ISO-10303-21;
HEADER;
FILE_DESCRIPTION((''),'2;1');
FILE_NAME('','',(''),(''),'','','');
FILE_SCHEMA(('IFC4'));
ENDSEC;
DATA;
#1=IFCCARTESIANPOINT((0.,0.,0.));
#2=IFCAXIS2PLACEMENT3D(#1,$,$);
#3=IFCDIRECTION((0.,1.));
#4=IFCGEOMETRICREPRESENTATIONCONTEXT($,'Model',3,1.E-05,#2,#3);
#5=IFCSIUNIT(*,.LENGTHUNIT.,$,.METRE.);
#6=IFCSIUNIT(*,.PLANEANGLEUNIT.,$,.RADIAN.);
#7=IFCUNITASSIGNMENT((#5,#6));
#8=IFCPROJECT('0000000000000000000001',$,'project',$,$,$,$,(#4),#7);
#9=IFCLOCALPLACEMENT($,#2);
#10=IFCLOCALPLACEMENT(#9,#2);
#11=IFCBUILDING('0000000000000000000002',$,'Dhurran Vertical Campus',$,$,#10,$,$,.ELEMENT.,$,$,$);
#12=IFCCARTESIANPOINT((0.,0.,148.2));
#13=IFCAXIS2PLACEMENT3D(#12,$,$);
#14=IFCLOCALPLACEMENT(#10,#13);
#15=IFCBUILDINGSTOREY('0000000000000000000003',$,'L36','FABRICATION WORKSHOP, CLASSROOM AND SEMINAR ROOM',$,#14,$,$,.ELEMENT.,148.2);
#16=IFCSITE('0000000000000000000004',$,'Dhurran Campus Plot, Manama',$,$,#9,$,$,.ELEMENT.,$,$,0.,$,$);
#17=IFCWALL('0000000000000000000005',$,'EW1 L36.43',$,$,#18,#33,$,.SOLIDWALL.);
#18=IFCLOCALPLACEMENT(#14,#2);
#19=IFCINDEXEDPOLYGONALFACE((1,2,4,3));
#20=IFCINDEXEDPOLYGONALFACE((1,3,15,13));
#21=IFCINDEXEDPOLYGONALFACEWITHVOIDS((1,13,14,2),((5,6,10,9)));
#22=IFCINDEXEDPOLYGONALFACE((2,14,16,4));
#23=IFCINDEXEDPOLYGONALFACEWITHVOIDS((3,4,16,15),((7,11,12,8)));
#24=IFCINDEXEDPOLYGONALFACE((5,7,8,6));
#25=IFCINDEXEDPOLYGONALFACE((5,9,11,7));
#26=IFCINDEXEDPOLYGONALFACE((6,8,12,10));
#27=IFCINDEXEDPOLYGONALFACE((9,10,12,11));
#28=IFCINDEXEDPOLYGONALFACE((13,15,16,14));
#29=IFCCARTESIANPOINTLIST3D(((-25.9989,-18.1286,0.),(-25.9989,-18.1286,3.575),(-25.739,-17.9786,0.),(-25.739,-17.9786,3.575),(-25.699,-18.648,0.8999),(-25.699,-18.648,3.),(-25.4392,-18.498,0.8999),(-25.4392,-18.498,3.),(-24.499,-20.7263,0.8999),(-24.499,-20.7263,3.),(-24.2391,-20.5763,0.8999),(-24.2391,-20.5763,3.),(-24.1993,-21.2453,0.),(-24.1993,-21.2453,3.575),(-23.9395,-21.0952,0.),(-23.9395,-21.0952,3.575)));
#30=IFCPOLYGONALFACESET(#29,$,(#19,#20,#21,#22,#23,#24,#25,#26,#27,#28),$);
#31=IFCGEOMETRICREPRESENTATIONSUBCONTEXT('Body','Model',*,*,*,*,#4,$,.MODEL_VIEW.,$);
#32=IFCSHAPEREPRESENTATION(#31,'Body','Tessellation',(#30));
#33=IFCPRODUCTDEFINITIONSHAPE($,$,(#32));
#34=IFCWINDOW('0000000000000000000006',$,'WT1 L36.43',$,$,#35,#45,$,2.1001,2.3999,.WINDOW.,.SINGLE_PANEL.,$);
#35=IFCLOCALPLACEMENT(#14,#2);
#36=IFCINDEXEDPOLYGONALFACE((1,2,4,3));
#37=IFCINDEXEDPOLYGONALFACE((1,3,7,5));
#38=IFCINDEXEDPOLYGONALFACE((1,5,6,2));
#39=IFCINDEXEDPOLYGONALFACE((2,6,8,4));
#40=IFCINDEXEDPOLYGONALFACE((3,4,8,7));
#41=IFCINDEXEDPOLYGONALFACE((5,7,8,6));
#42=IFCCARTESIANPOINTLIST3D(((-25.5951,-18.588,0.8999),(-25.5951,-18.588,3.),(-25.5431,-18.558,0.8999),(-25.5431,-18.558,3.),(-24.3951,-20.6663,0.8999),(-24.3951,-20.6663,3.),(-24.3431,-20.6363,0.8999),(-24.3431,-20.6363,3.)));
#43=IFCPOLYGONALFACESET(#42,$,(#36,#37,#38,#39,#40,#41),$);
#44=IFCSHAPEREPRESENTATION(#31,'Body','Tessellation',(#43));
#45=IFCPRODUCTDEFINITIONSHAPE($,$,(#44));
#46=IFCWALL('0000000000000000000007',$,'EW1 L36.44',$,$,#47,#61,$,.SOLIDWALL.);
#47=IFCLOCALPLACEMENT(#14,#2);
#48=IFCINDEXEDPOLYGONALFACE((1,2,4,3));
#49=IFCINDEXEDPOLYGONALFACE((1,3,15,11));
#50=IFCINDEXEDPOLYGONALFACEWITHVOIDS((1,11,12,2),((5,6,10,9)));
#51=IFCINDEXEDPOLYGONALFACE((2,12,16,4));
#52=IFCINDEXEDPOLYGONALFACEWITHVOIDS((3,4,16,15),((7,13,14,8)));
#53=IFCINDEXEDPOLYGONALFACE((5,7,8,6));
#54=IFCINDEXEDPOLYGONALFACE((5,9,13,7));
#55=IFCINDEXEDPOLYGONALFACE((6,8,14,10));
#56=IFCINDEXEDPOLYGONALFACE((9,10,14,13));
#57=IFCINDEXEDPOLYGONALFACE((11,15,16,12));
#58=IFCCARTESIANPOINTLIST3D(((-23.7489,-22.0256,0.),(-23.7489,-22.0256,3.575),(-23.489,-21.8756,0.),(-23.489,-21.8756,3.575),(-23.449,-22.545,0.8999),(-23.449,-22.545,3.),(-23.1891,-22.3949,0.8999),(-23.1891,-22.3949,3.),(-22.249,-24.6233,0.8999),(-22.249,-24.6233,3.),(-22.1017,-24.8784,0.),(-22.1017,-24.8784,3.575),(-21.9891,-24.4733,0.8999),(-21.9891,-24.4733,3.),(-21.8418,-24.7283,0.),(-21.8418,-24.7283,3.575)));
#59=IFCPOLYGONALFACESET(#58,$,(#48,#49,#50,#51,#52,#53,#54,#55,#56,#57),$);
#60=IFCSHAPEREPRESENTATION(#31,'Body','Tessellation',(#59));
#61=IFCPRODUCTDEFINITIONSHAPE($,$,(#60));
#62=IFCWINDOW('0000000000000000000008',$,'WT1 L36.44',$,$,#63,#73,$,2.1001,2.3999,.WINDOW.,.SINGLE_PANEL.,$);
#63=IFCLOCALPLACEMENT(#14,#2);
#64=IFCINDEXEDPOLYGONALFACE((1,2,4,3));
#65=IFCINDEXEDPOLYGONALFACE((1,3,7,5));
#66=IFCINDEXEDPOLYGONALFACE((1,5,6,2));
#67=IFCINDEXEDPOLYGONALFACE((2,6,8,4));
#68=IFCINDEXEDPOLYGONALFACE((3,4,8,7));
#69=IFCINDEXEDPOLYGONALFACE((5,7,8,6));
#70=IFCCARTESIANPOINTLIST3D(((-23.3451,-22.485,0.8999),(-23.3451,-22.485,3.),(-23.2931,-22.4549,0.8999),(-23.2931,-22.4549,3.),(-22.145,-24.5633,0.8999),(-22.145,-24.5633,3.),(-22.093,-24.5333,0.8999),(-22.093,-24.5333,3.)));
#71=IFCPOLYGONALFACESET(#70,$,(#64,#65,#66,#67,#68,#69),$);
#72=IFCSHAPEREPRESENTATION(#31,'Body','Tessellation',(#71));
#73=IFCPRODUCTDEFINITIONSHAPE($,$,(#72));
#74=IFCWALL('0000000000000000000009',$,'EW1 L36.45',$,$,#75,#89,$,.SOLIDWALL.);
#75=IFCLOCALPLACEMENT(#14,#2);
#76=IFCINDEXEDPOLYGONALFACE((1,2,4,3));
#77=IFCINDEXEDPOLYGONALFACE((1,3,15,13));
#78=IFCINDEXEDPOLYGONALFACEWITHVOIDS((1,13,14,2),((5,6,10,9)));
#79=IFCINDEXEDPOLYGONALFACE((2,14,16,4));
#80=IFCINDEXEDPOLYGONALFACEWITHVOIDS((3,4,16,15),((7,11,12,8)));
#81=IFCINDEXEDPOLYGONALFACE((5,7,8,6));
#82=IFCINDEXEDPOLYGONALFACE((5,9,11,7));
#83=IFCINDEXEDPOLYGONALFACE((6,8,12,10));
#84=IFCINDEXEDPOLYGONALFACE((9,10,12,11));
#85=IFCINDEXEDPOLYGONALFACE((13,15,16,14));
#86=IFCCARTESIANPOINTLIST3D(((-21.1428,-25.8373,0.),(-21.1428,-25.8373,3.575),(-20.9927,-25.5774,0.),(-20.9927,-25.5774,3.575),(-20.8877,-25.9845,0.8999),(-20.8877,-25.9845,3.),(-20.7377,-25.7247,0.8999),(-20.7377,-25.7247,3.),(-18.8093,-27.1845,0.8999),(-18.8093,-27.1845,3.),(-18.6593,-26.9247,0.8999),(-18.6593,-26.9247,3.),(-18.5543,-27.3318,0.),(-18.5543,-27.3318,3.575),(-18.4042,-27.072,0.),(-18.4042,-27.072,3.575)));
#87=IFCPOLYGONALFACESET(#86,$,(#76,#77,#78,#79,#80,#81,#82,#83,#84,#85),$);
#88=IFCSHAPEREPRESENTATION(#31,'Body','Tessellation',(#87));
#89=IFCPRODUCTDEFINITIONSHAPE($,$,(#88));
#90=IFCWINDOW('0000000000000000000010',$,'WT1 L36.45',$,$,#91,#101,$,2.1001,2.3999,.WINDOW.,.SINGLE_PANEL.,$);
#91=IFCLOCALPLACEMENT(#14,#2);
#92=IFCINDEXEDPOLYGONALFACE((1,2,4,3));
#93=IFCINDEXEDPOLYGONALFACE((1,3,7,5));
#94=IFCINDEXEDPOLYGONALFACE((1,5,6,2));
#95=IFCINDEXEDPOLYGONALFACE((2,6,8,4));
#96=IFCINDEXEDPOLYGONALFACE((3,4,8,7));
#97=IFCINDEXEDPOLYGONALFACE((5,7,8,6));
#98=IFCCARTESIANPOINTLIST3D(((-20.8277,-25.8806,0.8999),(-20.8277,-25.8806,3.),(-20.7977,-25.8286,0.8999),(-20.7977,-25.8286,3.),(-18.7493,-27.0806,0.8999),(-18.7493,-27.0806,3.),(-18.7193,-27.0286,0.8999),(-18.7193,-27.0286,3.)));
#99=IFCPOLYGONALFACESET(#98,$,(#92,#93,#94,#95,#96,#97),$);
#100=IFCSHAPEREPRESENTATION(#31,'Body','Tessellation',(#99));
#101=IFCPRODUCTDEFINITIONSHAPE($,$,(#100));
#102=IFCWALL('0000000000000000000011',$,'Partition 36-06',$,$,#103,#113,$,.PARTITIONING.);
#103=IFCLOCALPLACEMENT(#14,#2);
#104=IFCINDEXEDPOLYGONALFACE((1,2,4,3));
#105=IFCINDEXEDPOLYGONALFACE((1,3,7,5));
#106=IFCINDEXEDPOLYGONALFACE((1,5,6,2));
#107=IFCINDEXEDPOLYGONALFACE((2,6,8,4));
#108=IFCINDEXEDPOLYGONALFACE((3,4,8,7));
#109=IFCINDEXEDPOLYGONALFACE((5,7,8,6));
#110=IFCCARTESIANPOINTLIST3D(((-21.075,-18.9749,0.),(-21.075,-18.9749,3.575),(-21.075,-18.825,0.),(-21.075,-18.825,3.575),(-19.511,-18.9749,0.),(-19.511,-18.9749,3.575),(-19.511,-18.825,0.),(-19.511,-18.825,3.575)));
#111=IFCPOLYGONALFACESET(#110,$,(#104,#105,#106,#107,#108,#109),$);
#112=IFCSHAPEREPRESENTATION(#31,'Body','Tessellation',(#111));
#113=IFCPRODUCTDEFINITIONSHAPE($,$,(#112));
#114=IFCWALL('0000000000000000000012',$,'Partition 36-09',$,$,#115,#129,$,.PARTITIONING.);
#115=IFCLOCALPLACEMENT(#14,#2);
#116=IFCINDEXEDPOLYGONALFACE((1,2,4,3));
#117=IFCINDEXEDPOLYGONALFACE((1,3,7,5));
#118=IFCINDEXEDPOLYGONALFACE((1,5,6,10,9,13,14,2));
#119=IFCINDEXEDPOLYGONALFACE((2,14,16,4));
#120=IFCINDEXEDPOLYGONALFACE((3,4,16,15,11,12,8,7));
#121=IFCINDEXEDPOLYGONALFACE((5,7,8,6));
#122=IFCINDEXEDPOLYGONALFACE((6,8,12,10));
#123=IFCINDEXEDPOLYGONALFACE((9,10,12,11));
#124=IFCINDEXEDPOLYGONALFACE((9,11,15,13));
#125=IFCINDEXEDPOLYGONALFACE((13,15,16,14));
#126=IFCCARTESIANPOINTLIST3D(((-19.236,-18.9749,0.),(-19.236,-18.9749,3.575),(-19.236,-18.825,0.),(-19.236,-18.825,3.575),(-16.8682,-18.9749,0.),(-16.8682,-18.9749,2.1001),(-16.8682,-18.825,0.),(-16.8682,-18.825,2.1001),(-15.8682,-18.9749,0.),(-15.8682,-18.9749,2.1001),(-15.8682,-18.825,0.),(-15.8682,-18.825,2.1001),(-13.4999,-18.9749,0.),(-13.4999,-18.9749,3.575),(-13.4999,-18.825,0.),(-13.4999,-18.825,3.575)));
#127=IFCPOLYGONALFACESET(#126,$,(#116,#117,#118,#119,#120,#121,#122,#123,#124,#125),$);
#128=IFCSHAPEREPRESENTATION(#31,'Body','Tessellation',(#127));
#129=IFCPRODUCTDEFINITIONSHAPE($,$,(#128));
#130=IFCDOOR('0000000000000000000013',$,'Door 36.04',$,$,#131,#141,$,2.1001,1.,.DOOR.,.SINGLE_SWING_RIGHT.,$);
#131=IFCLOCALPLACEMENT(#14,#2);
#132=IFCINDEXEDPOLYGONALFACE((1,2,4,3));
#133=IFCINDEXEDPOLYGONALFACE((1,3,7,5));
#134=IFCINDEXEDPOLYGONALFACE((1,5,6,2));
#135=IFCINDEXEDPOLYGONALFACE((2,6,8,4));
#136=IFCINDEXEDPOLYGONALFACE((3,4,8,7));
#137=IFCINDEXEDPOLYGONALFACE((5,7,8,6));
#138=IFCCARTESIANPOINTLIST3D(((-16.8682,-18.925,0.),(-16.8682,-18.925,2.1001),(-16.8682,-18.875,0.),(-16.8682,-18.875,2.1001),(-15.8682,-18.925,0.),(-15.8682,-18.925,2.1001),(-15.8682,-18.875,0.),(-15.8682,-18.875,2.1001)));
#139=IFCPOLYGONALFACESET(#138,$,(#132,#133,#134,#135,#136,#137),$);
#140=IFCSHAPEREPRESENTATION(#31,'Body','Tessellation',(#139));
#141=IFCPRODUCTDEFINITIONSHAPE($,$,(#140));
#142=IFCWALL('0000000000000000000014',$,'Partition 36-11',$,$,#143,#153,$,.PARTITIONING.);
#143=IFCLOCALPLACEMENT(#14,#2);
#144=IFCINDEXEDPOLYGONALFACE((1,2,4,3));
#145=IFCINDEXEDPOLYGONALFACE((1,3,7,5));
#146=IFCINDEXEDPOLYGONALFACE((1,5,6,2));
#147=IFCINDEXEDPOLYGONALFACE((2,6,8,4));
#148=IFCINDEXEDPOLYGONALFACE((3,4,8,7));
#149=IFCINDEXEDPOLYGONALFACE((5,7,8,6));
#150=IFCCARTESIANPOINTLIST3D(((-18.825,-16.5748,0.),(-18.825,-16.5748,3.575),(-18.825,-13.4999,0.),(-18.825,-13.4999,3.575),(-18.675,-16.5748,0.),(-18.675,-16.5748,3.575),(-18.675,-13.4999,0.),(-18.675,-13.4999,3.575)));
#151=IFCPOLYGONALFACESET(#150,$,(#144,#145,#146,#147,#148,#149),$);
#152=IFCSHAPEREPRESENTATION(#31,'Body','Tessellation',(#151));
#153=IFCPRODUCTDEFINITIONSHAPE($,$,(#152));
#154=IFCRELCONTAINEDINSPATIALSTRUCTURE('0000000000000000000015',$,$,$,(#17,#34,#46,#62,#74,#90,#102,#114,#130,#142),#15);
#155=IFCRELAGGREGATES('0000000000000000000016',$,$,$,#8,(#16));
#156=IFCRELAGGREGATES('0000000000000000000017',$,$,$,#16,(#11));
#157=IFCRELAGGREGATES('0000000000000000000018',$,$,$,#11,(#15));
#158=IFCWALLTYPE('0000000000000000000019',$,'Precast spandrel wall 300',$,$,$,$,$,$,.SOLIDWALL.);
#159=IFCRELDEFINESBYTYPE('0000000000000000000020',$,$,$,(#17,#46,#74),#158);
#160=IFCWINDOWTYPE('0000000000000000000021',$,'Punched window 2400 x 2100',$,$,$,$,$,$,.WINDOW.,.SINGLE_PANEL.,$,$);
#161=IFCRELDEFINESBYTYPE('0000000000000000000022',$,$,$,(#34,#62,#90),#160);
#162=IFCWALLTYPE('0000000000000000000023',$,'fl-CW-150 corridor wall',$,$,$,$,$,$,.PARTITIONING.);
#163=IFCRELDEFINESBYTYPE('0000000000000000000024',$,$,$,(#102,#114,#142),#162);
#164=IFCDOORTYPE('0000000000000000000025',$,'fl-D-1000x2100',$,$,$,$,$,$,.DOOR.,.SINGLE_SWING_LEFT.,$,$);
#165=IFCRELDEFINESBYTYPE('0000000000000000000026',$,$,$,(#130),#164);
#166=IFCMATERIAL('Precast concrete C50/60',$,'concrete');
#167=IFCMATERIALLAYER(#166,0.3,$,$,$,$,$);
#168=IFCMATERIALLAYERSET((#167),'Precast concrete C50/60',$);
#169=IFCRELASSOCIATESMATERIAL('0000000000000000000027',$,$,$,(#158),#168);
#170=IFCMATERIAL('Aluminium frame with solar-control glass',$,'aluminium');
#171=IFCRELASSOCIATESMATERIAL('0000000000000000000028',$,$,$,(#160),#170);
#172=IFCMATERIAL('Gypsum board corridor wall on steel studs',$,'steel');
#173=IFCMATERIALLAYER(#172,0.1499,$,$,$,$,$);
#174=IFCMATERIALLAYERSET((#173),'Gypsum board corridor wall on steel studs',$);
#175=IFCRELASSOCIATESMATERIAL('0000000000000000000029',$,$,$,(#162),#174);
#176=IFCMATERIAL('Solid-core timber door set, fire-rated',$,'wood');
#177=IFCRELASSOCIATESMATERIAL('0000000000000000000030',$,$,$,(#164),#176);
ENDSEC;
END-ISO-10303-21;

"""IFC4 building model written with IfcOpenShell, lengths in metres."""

from ifc_helpers import new_model, si_unit, direction, frame, frame_2d, origin, place, context, subcontext, project, spatial, rectangle, extrude, material, layer, layer_set, type_object, element, fill, save


model = new_model("IFC4")

# Units and contexts
model_context = context("Model", 3, precision=1e-05, world=origin(), true_north=direction((0.0, 1.0)))
body_context = subcontext(model_context, "Body", "Model", "MODEL_VIEW")
ifc_project = project(units=[si_unit("LENGTHUNIT", "METRE"), si_unit("PLANEANGLEUNIT", "RADIAN")], contexts=[model_context])

# Site, building, storey
site_placement = place(None, origin())
site = spatial("IfcSite", under=ifc_project, at=site_placement, Name="Dhurran Campus Plot, Manama", CompositionType="ELEMENT", RefElevation=0.0)
building_placement = place(site_placement, origin())
building = spatial("IfcBuilding", under=site, at=building_placement, Name="Dhurran Vertical Campus", CompositionType="ELEMENT")
storey_placement = place(building_placement, frame((0.0, 0.0, 148.2)))
storey = spatial("IfcBuildingStorey", under=building, at=storey_placement, Name="L36", Description="FABRICATION WORKSHOP, CLASSROOM AND SEMINAR ROOM", CompositionType="ELEMENT", Elevation=148.2)

# Walls, openings, windows
ifc_material_1 = material(Name="Precast concrete C50/60", Category="concrete")
ifc_layer_1 = layer(ifc_material_1, 0.3)
ifc_layer_set_1 = layer_set([ifc_layer_1], Name="Precast concrete C50/60")
wall_type_1 = type_object("IfcWallType", Name="Precast spandrel wall 300", PredefinedType="SOLIDWALL", material=ifc_layer_set_1)
ifc_material_2 = material(Name="Aluminium frame with solar-control glass", Category="aluminium")
window_type = type_object("IfcWindowType", Name="Punched window 2400 x 2100", PartitioningType="SINGLE_PANEL", PredefinedType="WINDOW", material=ifc_material_2)
wall_1_placement = place(storey_placement, frame((-25.8689, -18.0537, 0.0), z_axis=(0.0, 0.0, 1.0), x_axis=(0.500028, -0.866009, 0.0)))
wall_1 = element("IfcWall", 1, at=wall_1_placement, inside=storey, type_object=wall_type_1, Name="EW1 L36.43", PredefinedType="SOLIDWALL", context=body_context, shape_type="SweptSolid", body=[
    extrude(rectangle(XDim=3.5989, YDim=0.3, at=frame_2d((1.7993, 0.0))), origin(), (0.0, 0.0, 1.0), 3.575),
])
opening_1_placement = place(wall_1_placement, frame((0.5996, 0.0, 0.8999)))
opening_1 = element("IfcOpeningElement", 2, at=opening_1_placement, cuts=wall_1, PredefinedType="OPENING", context=body_context, shape_type="SweptSolid", body=[
    extrude(rectangle(XDim=2.3999, YDim=2.1001, at=frame_2d((1.2, 1.05))), frame((0.0, 0.1599, 0.0), z_axis=(0.0, -1.0, 0.0), x_axis=(1.0, 0.0, 0.0)), (0.0, 0.0, 1.0), 0.3201),
])
window_1_placement = place(opening_1_placement, origin())
window_1 = element("IfcWindow", 3, at=window_1_placement, inside=storey, type_object=window_type, Name="WT1 L36.43", OverallHeight=2.1001, OverallWidth=2.3999, PartitioningType="SINGLE_PANEL", PredefinedType="WINDOW", context=body_context, shape_type="SweptSolid", body=[
    extrude(rectangle(XDim=2.3999, YDim=2.1001, at=frame_2d((1.2, 1.05))), frame((0.0, 0.03, 0.0), z_axis=(0.0, -1.0, 0.0), x_axis=(1.0, 0.0, 0.0)), (0.0, 0.0, 1.0), 0.0601),
])
fill(opening_1, window_1)
wall_2_placement = place(storey_placement, frame((-23.6189, -21.9507, 0.0), z_axis=(0.0, 0.0, 1.0), x_axis=(0.500037, -0.866004, 0.0)))
wall_2 = element("IfcWall", 4, at=wall_2_placement, inside=storey, type_object=wall_type_1, Name="EW1 L36.44", PredefinedType="SOLIDWALL", context=body_context, shape_type="SweptSolid", body=[
    extrude(rectangle(XDim=3.2942, YDim=0.3, at=frame_2d((1.647, 0.0))), origin(), (0.0, 0.0, 1.0), 3.575),
])
opening_2_placement = place(wall_2_placement, frame((0.5996, 0.0, 0.8999)))
opening_2 = element("IfcOpeningElement", 5, at=opening_2_placement, cuts=wall_2, PredefinedType="OPENING", context=body_context, shape_type="SweptSolid", body=[
    extrude(rectangle(XDim=2.3999, YDim=2.1001, at=frame_2d((1.2, 1.05))), frame((0.0, 0.1599, 0.0), z_axis=(0.0, -1.0, 0.0), x_axis=(1.0, 0.0, 0.0)), (0.0, 0.0, 1.0), 0.3201),
])
window_2_placement = place(opening_2_placement, origin())
window_2 = element("IfcWindow", 6, at=window_2_placement, inside=storey, type_object=window_type, Name="WT1 L36.44", OverallHeight=2.1001, OverallWidth=2.3999, PartitioningType="SINGLE_PANEL", PredefinedType="WINDOW", context=body_context, shape_type="SweptSolid", body=[
    extrude(rectangle(XDim=2.3999, YDim=2.1001, at=frame_2d((1.2, 1.05))), frame((0.0, 0.03, 0.0), z_axis=(0.0, -1.0, 0.0), x_axis=(1.0, 0.0, 0.0)), (0.0, 0.0, 1.0), 0.0601),
])
fill(opening_2, window_2)
wall_3_placement = place(storey_placement, frame((-21.0679, -25.7073, 0.0), z_axis=(0.0, 0.0, 1.0), x_axis=(0.866013, -0.500022, 0.0)))
wall_3 = element("IfcWall", 7, at=wall_3_placement, inside=storey, type_object=wall_type_1, Name="EW1 L36.45", PredefinedType="SOLIDWALL", context=body_context, shape_type="SweptSolid", body=[
    extrude(rectangle(XDim=2.989, YDim=0.3, at=frame_2d((1.4946, 0.0))), origin(), (0.0, 0.0, 1.0), 3.575),
])
opening_3_placement = place(wall_3_placement, frame((0.2947, 0.0, 0.8999)))
opening_3 = element("IfcOpeningElement", 8, at=opening_3_placement, cuts=wall_3, PredefinedType="OPENING", context=body_context, shape_type="SweptSolid", body=[
    extrude(rectangle(XDim=2.3999, YDim=2.1001, at=frame_2d((1.2, 1.05))), frame((0.0, 0.1599, 0.0), z_axis=(0.0, -1.0, 0.0), x_axis=(1.0, 0.0, 0.0)), (0.0, 0.0, 1.0), 0.3201),
])
window_3_placement = place(opening_3_placement, origin())
window_3 = element("IfcWindow", 9, at=window_3_placement, inside=storey, type_object=window_type, Name="WT1 L36.45", OverallHeight=2.1001, OverallWidth=2.3999, PartitioningType="SINGLE_PANEL", PredefinedType="WINDOW", context=body_context, shape_type="SweptSolid", body=[
    extrude(rectangle(XDim=2.3999, YDim=2.1001, at=frame_2d((1.2, 1.05))), frame((0.0, 0.03, 0.0), z_axis=(0.0, -1.0, 0.0), x_axis=(1.0, 0.0, 0.0)), (0.0, 0.0, 1.0), 0.0601),
])
fill(opening_3, window_3)

# Wall
ifc_material_3 = material(Name="Gypsum board corridor wall on steel studs", Category="steel")
ifc_layer_2 = layer(ifc_material_3, 0.1499)
ifc_layer_set_2 = layer_set([ifc_layer_2], Name="Gypsum board corridor wall on steel studs")
wall_type_2 = type_object("IfcWallType", Name="fl-CW-150 corridor wall", PredefinedType="PARTITIONING", material=ifc_layer_set_2)
wall_4_placement = place(storey_placement, frame((-21.075, -18.8999, 0.0), z_axis=(0.0, 0.0, 1.0), x_axis=(1.0, 0.0, 0.0)))
element("IfcWall", 10, at=wall_4_placement, inside=storey, type_object=wall_type_2, Name="Partition 36-06", PredefinedType="PARTITIONING", context=body_context, shape_type="SweptSolid", body=[
    extrude(rectangle(XDim=1.564, YDim=0.1499, at=frame_2d((0.782, 0.0))), origin(), (0.0, 0.0, 1.0), 3.575),
])

# Wall, opening, door
wall_5_placement = place(storey_placement, frame((-19.2361, -18.8999, 0.0), z_axis=(0.0, 0.0, 1.0), x_axis=(1.0, 0.0, 0.0)))
wall_5 = element("IfcWall", 11, at=wall_5_placement, inside=storey, type_object=wall_type_2, Name="Partition 36-09", PredefinedType="PARTITIONING", context=body_context, shape_type="SweptSolid", body=[
    extrude(rectangle(XDim=5.7361, YDim=0.1499, at=frame_2d((2.8682, 0.0))), origin(), (0.0, 0.0, 1.0), 3.575),
])
opening_4_placement = place(wall_5_placement, frame((2.3679, 0.0, 0.0)))
opening_4 = element("IfcOpeningElement", 12, at=opening_4_placement, cuts=wall_5, PredefinedType="OPENING", context=body_context, shape_type="SweptSolid", body=[
    extrude(rectangle(XDim=1.0, YDim=2.1001, at=frame_2d((0.5, 1.05))), frame((0.0, 0.085, 0.0), z_axis=(0.0, -1.0, 0.0), x_axis=(1.0, 0.0, 0.0)), (0.0, 0.0, 1.0), 0.1699),
])
ifc_material_4 = material(Name="Solid-core timber door set, fire-rated", Category="wood")
door_type = type_object("IfcDoorType", Name="fl-D-1000x2100", OperationType="SINGLE_SWING_LEFT", PredefinedType="DOOR", material=ifc_material_4)
door_1_placement = place(opening_4_placement, origin())
door_1 = element("IfcDoor", 13, at=door_1_placement, inside=storey, type_object=door_type, Name="Door 36.04", OperationType="SINGLE_SWING_RIGHT", OverallHeight=2.1001, OverallWidth=1.0, PredefinedType="DOOR", context=body_context, shape_type="SweptSolid", body=[
    extrude(rectangle(XDim=1.0, YDim=2.1001, at=frame_2d((0.5, 1.05))), frame((0.0, 0.0249, 0.0), z_axis=(0.0, -1.0, 0.0), x_axis=(1.0, 0.0, 0.0)), (0.0, 0.0, 1.0), 0.05),
])
fill(opening_4, door_1)

# Wall
wall_6_placement = place(storey_placement, frame((-18.75, -16.575, 0.0), z_axis=(0.0, 0.0, 1.0), x_axis=(0.0, 1.0, 0.0)))
element("IfcWall", 14, at=wall_6_placement, inside=storey, type_object=wall_type_2, Name="Partition 36-11", PredefinedType="PARTITIONING", context=body_context, shape_type="SweptSolid", body=[
    extrude(rectangle(XDim=3.075, YDim=0.1499, at=frame_2d((1.5376, 0.0))), origin(), (0.0, 0.0, 1.0), 3.575),
])

save(model, "model.ifc")
